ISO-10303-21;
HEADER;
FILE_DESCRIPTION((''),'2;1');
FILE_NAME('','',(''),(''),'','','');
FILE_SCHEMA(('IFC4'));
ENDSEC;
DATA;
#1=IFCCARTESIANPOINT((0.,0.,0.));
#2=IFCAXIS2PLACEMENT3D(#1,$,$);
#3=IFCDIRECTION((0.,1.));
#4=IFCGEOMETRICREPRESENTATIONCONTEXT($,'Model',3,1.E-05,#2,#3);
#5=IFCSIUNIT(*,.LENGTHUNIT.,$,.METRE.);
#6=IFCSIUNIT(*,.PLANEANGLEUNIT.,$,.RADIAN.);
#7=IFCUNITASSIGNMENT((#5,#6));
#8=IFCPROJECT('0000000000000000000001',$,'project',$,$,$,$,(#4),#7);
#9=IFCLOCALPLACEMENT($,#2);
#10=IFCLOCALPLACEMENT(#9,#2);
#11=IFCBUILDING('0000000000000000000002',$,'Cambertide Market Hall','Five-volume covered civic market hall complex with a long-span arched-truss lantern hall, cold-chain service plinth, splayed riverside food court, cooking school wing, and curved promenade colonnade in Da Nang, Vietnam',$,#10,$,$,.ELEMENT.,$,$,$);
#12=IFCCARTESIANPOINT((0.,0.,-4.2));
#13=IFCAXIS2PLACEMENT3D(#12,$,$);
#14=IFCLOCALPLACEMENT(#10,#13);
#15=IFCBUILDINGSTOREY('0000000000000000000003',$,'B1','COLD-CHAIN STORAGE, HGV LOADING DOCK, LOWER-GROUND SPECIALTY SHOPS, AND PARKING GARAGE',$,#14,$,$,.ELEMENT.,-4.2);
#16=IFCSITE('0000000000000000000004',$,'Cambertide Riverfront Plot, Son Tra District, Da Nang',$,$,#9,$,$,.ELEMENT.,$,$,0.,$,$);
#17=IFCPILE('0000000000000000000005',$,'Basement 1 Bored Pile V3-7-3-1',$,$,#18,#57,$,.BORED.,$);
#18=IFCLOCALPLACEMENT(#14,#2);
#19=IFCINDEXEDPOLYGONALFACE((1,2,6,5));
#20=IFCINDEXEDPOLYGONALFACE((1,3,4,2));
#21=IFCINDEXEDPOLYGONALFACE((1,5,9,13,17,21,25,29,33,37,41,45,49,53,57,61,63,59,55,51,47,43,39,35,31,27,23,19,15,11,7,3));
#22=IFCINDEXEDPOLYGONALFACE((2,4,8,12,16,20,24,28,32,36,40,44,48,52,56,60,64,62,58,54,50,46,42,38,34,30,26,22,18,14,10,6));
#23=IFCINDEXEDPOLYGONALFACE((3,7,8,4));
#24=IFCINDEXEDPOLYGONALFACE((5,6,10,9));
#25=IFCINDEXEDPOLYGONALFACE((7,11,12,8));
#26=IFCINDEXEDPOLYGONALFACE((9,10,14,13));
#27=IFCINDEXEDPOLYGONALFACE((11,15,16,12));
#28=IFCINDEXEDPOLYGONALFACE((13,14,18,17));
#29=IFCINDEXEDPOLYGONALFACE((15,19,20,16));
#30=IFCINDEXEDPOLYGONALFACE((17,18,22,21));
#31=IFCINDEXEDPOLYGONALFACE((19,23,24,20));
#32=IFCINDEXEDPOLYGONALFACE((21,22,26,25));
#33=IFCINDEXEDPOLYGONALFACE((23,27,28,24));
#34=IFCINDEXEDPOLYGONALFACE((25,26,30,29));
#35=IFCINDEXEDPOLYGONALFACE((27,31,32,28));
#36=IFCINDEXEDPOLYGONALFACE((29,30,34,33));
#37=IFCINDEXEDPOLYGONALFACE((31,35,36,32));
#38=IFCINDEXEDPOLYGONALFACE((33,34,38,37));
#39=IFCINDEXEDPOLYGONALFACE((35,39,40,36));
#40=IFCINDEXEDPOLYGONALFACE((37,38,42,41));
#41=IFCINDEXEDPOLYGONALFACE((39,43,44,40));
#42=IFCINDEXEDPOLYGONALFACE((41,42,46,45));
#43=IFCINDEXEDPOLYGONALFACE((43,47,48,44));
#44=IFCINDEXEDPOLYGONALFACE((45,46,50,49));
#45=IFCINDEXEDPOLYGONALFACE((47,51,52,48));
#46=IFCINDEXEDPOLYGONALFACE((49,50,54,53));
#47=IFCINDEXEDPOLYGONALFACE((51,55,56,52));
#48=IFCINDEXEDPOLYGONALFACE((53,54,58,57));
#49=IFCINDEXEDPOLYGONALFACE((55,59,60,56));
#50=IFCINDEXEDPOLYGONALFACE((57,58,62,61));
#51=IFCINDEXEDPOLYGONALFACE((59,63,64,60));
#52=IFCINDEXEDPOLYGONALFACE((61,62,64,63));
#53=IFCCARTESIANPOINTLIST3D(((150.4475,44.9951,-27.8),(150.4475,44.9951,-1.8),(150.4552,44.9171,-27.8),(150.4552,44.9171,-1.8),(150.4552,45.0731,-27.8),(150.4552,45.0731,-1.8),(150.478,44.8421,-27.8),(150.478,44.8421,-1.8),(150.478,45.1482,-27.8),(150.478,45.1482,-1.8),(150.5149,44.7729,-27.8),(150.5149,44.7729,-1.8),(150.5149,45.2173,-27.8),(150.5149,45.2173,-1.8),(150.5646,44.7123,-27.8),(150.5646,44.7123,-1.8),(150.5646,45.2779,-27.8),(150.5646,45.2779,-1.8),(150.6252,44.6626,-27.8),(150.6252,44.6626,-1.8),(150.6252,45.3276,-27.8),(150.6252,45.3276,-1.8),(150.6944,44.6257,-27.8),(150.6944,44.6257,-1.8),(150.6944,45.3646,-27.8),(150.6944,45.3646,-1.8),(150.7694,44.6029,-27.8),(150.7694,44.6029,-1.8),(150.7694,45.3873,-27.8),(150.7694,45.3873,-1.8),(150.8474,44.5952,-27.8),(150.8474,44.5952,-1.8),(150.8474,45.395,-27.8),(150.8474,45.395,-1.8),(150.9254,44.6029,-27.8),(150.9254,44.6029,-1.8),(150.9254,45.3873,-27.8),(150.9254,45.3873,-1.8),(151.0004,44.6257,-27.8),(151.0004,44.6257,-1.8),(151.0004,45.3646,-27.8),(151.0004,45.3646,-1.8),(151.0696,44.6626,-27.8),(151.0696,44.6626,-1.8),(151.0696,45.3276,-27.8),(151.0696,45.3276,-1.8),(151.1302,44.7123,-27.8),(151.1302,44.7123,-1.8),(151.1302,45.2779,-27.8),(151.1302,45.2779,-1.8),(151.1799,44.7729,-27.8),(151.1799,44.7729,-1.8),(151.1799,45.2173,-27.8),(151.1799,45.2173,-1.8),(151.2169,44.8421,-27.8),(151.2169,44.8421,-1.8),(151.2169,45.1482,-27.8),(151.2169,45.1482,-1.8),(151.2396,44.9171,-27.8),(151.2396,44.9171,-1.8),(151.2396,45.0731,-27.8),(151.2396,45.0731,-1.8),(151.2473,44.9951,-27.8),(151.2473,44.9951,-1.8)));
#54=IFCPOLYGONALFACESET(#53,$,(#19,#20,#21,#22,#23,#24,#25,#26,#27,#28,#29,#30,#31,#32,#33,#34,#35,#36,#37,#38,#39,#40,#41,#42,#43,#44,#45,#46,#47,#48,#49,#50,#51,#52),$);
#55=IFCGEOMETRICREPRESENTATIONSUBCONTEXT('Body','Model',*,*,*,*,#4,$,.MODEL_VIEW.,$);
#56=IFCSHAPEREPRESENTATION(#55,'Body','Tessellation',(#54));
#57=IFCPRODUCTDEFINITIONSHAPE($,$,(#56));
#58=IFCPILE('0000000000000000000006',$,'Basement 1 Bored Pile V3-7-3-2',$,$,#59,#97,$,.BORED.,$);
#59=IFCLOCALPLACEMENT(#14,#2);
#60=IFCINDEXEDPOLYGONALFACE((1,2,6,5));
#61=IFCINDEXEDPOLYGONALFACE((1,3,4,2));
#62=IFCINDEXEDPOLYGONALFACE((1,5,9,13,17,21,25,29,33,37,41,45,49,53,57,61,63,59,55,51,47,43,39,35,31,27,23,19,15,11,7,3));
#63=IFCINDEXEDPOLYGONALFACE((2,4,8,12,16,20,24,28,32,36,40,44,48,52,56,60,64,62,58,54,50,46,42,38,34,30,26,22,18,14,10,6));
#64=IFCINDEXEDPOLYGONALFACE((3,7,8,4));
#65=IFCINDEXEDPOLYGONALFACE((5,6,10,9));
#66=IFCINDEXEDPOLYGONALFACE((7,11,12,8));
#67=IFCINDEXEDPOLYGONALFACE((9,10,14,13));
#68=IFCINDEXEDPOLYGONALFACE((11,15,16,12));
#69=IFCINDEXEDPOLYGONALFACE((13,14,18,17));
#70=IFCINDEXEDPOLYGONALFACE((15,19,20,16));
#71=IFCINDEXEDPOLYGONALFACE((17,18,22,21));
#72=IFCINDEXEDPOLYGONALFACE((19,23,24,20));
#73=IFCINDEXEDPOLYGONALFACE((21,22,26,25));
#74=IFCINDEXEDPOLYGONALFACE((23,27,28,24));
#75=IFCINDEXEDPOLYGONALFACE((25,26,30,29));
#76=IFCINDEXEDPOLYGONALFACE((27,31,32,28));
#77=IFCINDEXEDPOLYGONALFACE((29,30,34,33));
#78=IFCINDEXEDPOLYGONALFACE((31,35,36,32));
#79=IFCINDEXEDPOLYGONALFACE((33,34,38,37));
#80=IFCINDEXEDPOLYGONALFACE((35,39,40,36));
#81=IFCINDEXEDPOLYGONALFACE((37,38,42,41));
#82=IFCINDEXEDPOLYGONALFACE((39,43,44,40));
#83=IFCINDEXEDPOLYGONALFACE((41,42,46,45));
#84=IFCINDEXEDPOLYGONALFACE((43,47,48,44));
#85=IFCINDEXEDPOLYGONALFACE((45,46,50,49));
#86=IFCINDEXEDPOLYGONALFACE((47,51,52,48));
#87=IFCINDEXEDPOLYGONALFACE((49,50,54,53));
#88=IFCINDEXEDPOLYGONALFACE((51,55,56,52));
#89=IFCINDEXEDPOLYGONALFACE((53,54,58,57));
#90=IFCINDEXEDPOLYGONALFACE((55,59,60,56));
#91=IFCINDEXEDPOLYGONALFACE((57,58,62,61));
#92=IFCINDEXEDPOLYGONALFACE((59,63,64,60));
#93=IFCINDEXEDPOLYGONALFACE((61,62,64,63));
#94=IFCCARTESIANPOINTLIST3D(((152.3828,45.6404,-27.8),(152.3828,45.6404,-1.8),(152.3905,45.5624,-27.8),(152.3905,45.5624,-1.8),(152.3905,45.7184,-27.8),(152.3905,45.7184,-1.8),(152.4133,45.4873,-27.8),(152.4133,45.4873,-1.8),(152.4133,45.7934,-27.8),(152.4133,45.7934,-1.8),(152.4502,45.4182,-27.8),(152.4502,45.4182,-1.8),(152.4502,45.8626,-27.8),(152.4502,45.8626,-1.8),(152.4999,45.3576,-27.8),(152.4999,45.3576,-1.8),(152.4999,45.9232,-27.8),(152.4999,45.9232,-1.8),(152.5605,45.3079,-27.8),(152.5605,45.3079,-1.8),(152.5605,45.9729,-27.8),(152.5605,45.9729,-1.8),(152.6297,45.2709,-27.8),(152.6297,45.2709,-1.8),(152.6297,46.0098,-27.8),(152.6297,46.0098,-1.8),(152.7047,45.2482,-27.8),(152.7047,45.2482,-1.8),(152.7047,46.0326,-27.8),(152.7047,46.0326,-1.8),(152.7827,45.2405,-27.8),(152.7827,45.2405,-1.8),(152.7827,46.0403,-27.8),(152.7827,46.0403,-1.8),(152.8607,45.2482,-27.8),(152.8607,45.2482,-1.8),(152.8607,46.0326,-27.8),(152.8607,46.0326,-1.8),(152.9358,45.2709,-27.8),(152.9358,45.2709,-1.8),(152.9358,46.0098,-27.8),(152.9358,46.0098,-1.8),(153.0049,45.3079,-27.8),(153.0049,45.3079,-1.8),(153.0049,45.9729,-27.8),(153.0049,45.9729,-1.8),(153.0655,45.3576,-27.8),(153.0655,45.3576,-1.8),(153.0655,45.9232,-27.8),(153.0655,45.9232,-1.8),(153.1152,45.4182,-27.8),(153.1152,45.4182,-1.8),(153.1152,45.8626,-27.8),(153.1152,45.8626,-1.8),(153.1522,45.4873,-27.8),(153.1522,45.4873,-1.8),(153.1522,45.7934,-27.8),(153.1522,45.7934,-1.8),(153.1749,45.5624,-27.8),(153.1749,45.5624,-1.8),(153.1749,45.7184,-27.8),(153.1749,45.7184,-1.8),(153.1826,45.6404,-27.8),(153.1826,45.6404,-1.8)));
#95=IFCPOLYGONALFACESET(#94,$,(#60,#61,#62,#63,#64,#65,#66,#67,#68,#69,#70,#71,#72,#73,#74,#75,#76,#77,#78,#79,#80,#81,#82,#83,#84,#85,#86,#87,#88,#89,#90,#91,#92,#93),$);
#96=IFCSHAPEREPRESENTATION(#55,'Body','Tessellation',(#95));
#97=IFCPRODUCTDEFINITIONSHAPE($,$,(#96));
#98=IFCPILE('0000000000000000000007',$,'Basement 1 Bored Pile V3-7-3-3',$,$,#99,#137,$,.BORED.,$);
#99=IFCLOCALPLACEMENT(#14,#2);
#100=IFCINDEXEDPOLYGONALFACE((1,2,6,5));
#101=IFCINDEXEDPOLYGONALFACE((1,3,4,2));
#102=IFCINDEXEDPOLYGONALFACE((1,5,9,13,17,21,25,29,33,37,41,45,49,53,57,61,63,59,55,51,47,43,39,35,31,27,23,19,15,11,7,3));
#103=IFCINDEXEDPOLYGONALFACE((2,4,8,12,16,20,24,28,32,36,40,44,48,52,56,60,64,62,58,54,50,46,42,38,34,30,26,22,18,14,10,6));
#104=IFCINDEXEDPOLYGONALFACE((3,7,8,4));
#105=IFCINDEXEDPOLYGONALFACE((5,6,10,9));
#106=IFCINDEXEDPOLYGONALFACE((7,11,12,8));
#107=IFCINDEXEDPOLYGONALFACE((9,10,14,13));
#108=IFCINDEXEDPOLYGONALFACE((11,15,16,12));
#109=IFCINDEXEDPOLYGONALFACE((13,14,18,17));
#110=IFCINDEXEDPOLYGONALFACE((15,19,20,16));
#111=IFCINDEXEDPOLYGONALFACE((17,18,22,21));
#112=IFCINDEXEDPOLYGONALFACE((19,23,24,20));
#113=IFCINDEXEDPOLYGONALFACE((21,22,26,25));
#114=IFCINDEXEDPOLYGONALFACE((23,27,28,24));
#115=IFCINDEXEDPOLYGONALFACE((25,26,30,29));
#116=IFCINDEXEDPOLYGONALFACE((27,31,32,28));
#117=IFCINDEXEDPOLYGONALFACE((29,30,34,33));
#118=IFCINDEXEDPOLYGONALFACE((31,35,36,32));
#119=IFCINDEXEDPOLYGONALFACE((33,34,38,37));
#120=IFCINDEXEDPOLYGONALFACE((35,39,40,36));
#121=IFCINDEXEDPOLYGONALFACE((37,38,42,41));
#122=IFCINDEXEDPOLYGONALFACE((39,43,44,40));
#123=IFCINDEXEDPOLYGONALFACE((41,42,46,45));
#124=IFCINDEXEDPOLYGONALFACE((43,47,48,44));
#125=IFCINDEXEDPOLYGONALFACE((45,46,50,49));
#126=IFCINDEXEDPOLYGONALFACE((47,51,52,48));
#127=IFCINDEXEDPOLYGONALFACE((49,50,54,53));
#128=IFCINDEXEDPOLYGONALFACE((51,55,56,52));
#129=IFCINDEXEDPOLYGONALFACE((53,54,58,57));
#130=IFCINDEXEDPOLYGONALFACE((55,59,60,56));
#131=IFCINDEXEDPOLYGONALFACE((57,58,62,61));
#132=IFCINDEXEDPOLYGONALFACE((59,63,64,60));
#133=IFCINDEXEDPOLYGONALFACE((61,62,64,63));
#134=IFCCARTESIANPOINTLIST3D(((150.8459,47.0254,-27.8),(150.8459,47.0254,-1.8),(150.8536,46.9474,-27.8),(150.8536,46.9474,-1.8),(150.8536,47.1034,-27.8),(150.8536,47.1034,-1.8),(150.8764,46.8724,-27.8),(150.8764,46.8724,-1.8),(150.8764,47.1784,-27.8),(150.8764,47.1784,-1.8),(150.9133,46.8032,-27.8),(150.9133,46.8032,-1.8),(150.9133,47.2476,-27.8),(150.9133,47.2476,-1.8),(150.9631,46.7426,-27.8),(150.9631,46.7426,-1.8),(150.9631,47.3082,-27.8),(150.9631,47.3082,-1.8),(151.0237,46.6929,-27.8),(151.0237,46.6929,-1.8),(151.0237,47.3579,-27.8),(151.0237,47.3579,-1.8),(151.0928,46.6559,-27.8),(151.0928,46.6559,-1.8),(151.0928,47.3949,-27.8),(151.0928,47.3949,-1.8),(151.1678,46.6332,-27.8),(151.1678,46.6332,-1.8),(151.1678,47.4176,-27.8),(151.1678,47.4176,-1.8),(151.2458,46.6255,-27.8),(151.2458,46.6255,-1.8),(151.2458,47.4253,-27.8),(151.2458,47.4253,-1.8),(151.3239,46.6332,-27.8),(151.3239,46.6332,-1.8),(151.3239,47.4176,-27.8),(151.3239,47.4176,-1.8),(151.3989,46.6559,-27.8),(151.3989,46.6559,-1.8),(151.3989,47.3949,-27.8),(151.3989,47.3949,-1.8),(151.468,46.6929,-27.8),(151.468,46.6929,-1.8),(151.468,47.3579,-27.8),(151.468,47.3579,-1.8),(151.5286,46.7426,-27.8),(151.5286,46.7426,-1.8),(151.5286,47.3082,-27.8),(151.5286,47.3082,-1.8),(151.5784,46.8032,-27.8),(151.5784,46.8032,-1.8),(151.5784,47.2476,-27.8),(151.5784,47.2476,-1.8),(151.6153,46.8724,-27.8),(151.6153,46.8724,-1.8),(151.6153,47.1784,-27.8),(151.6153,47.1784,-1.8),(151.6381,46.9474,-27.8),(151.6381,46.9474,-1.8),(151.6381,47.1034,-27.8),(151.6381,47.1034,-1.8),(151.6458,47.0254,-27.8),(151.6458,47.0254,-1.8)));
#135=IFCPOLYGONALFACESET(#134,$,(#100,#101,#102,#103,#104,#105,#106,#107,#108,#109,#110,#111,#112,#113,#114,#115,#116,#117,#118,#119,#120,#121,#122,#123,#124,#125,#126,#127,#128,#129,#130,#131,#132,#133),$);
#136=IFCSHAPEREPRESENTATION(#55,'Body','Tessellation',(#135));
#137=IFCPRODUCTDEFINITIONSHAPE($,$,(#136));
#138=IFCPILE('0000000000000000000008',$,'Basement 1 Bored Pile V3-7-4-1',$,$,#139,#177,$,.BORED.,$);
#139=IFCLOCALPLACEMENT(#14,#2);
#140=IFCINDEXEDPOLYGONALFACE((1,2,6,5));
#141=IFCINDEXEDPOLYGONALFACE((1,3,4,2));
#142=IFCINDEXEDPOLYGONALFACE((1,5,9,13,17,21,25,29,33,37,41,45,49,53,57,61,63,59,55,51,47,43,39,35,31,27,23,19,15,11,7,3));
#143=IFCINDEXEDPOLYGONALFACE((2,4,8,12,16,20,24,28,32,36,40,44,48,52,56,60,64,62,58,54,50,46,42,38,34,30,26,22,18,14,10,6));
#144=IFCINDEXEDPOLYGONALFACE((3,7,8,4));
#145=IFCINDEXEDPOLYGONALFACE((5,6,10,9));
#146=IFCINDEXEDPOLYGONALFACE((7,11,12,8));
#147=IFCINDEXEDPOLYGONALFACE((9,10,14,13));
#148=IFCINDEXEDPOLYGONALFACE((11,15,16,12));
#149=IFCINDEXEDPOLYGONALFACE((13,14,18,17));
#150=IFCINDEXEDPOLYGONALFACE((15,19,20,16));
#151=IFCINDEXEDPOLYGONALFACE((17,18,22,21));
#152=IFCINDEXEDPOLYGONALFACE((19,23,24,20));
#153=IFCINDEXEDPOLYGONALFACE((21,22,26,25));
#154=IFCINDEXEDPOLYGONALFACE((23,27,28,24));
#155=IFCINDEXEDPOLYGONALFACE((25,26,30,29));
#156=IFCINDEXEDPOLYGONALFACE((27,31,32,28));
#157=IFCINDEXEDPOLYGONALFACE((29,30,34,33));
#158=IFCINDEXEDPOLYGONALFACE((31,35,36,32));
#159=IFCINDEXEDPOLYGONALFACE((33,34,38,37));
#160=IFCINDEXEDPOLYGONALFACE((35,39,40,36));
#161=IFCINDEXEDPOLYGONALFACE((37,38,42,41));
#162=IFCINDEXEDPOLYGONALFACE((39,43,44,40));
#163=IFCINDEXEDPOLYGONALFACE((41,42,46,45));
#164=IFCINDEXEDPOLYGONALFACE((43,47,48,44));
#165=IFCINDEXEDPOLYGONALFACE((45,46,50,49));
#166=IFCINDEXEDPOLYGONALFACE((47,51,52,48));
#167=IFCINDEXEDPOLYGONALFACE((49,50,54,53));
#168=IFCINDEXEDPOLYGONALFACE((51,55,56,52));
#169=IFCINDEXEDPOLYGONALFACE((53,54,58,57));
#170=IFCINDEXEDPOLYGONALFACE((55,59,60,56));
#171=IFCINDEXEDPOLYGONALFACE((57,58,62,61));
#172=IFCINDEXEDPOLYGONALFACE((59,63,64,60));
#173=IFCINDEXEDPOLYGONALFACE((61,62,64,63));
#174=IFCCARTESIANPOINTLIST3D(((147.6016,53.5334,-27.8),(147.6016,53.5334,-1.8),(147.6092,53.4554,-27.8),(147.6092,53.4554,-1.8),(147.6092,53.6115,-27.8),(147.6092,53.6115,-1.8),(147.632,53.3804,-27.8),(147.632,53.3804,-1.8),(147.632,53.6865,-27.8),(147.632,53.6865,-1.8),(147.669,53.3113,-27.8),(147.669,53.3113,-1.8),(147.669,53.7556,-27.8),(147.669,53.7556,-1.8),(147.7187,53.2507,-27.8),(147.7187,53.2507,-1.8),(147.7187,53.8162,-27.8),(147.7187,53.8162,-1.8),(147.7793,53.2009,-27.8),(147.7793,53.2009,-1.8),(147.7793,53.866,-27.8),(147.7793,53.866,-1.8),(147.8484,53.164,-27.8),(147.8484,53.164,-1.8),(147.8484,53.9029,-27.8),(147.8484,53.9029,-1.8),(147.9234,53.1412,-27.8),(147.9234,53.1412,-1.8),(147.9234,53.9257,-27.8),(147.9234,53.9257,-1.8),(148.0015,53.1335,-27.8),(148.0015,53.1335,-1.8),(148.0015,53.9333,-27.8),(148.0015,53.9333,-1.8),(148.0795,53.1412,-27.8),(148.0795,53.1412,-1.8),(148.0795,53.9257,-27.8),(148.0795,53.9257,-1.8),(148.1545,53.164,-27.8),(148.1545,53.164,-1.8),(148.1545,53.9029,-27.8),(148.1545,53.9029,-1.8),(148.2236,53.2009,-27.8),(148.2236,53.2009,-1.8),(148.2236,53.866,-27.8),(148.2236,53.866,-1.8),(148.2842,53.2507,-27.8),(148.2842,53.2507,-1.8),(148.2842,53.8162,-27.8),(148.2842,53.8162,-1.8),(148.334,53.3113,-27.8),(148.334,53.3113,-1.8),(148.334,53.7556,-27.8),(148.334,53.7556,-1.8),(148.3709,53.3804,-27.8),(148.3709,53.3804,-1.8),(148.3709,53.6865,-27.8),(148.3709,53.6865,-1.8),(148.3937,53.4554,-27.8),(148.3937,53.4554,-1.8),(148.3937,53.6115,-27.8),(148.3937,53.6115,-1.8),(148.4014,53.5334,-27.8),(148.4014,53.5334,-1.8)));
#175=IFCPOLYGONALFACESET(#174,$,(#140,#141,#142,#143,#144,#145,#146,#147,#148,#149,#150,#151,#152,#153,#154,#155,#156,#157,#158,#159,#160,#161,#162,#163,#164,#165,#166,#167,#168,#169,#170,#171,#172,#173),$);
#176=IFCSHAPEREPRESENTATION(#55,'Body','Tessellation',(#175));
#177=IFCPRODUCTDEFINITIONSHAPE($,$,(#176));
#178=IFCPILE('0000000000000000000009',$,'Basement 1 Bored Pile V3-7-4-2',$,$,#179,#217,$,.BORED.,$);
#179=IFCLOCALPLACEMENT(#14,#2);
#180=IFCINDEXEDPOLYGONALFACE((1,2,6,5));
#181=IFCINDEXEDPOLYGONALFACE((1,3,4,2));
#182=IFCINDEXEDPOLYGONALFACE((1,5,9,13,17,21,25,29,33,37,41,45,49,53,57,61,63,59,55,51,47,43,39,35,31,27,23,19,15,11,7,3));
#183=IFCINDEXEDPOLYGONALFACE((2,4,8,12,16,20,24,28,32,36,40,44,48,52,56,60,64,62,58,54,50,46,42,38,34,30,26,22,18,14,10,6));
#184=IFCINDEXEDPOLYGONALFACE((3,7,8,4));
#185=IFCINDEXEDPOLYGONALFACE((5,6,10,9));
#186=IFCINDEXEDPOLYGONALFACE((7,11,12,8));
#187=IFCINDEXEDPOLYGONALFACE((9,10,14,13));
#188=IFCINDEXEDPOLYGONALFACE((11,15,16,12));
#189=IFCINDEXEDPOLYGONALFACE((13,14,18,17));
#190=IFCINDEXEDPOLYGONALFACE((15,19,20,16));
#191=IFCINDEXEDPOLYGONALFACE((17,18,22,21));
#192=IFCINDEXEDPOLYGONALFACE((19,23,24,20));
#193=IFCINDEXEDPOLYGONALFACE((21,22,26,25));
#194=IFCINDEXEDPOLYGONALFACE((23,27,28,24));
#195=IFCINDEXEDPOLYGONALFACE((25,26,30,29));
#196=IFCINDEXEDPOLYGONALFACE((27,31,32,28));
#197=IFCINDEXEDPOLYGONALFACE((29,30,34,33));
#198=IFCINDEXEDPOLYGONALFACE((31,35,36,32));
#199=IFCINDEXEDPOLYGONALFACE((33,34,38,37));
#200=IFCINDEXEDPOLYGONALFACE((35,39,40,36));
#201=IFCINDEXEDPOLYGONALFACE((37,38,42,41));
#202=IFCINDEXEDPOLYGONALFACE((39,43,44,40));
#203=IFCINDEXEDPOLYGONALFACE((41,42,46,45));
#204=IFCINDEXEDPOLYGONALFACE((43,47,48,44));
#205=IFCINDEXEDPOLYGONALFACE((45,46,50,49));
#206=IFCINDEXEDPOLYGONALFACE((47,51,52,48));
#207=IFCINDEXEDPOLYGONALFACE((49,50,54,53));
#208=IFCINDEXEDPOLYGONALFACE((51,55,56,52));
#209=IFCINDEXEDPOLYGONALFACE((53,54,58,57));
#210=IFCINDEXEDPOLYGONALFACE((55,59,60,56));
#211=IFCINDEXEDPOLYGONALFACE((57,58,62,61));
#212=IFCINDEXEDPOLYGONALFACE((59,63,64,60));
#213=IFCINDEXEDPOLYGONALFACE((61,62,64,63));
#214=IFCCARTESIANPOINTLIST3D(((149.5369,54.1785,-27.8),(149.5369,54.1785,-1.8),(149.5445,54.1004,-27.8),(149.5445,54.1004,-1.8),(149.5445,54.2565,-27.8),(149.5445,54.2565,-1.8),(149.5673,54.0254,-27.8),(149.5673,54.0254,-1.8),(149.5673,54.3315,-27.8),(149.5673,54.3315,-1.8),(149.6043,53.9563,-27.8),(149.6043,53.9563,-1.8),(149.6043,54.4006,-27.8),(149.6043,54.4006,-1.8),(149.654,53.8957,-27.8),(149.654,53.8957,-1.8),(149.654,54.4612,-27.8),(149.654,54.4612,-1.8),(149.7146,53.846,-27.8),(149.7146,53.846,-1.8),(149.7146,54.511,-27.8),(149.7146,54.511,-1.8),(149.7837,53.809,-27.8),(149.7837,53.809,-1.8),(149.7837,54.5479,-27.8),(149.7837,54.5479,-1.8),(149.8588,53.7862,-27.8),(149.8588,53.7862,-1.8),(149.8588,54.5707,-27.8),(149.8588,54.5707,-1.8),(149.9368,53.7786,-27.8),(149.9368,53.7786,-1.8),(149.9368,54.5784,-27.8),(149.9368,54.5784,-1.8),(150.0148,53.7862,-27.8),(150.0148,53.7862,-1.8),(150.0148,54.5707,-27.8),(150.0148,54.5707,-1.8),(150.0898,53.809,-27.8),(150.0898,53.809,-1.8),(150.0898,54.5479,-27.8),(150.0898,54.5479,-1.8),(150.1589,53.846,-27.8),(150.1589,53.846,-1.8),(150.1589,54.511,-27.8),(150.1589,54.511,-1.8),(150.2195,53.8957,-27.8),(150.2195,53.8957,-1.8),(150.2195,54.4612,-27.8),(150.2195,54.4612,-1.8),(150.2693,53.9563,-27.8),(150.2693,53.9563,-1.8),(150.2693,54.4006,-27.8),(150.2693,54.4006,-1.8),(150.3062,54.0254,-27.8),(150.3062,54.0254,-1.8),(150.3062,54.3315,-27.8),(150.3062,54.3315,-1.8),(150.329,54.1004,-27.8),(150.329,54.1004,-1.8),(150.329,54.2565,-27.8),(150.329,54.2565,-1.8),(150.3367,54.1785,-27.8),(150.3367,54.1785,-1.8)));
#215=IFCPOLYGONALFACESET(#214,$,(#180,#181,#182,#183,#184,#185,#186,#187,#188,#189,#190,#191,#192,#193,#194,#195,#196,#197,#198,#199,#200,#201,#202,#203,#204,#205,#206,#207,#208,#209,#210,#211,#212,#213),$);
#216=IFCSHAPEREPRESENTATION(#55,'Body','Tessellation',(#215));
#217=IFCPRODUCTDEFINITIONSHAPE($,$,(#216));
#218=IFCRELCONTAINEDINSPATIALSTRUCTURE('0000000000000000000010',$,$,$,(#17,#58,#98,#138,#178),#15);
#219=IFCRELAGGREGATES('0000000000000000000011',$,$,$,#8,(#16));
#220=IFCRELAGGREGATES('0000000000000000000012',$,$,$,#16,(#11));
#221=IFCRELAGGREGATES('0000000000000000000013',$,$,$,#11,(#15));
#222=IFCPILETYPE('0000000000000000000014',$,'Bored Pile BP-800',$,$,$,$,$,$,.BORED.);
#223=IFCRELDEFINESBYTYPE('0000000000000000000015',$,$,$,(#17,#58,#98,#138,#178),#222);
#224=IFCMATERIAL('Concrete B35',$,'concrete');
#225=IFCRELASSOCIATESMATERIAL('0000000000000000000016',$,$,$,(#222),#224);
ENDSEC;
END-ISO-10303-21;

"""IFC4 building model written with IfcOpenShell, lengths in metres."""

from ifc_helpers import new_model, si_unit, direction, frame, origin, origin_2d, place, context, subcontext, project, spatial, circle, extrude, material, material_profile, profile_set, type_object, element, save


model = new_model("IFC4")

# Units and contexts
model_context = context("Model", 3, precision=1e-05, world=origin(), true_north=direction((0.0, 1.0)))
body_context = subcontext(model_context, "Body", "Model", "MODEL_VIEW")
ifc_project = project(units=[si_unit("LENGTHUNIT", "METRE"), si_unit("PLANEANGLEUNIT", "RADIAN")], contexts=[model_context])

# Site, building, storey
site_placement = place(None, origin())
site = spatial("IfcSite", under=ifc_project, at=site_placement, Name="Cambertide Riverfront Plot, Son Tra District, Da Nang", CompositionType="ELEMENT", RefElevation=0.0)
building_placement = place(site_placement, origin())
building = spatial("IfcBuilding", under=site, at=building_placement, Name="Cambertide Market Hall", Description="Five-volume covered civic market hall complex with a long-span arched-truss lantern hall, cold-chain service plinth, splayed riverside food court, cooking school wing, and curved promenade colonnade in Da Nang, Vietnam", CompositionType="ELEMENT")
storey_placement = place(building_placement, frame((0.0, 0.0, -4.2)))
storey = spatial("IfcBuildingStorey", under=building, at=storey_placement, Name="B1", Description="COLD-CHAIN STORAGE, HGV LOADING DOCK, LOWER-GROUND SPECIALTY SHOPS, AND PARKING GARAGE", CompositionType="ELEMENT", Elevation=-4.2)

# Piles
ifc_material_1 = material(Name="Concrete B35", Category="concrete")
ifc_material_profile_1 = material_profile(ifc_material_1, circle(Radius=0.3999, at=origin_2d()), Name="BP D800")
ifc_profile_set_1 = profile_set([ifc_material_profile_1], Name="Concrete B35")
pile_type = type_object("IfcPileType", Name="Bored Pile BP-800", PredefinedType="BORED", material=ifc_profile_set_1)
for number, where, z_axis, x_axis, name in (
    (1, (150.8474, 44.9951, -1.8), (0.0, 0.0, -1.0), (1.0, 0.0, 0.0), "Basement 1 Bored Pile V3-7-3-1"),
    (2, (152.7827, 45.6404, -1.8), (0.0, 0.0, -1.0), (1.0, 0.0, 0.0), "Basement 1 Bored Pile V3-7-3-2"),
    (3, (151.2458, 47.0254, -1.8), (0.0, 0.0, -1.0), (1.0, 0.0, 0.0), "Basement 1 Bored Pile V3-7-3-3"),
    (4, (148.0015, 53.5334, -1.8), (0.0, 0.0, -1.0), (1.0, 0.0, 0.0), "Basement 1 Bored Pile V3-7-4-1"),
    (5, (149.9368, 54.1785, -1.8), (0.0, 0.0, -1.0), (1.0, 0.0, 0.0), "Basement 1 Bored Pile V3-7-4-2"),
):
    element("IfcPile", number, at=place(storey_placement, frame(where, z_axis=z_axis, x_axis=x_axis)), inside=storey, type_object=pile_type, Name=name, PredefinedType="BORED", context=body_context, shape_type="SweptSolid", body=[
        extrude(circle(Radius=0.3999, at=origin_2d()), origin(), (0.0, 0.0, 1.0), 26.0),
    ])

save(model, "model.ifc")
